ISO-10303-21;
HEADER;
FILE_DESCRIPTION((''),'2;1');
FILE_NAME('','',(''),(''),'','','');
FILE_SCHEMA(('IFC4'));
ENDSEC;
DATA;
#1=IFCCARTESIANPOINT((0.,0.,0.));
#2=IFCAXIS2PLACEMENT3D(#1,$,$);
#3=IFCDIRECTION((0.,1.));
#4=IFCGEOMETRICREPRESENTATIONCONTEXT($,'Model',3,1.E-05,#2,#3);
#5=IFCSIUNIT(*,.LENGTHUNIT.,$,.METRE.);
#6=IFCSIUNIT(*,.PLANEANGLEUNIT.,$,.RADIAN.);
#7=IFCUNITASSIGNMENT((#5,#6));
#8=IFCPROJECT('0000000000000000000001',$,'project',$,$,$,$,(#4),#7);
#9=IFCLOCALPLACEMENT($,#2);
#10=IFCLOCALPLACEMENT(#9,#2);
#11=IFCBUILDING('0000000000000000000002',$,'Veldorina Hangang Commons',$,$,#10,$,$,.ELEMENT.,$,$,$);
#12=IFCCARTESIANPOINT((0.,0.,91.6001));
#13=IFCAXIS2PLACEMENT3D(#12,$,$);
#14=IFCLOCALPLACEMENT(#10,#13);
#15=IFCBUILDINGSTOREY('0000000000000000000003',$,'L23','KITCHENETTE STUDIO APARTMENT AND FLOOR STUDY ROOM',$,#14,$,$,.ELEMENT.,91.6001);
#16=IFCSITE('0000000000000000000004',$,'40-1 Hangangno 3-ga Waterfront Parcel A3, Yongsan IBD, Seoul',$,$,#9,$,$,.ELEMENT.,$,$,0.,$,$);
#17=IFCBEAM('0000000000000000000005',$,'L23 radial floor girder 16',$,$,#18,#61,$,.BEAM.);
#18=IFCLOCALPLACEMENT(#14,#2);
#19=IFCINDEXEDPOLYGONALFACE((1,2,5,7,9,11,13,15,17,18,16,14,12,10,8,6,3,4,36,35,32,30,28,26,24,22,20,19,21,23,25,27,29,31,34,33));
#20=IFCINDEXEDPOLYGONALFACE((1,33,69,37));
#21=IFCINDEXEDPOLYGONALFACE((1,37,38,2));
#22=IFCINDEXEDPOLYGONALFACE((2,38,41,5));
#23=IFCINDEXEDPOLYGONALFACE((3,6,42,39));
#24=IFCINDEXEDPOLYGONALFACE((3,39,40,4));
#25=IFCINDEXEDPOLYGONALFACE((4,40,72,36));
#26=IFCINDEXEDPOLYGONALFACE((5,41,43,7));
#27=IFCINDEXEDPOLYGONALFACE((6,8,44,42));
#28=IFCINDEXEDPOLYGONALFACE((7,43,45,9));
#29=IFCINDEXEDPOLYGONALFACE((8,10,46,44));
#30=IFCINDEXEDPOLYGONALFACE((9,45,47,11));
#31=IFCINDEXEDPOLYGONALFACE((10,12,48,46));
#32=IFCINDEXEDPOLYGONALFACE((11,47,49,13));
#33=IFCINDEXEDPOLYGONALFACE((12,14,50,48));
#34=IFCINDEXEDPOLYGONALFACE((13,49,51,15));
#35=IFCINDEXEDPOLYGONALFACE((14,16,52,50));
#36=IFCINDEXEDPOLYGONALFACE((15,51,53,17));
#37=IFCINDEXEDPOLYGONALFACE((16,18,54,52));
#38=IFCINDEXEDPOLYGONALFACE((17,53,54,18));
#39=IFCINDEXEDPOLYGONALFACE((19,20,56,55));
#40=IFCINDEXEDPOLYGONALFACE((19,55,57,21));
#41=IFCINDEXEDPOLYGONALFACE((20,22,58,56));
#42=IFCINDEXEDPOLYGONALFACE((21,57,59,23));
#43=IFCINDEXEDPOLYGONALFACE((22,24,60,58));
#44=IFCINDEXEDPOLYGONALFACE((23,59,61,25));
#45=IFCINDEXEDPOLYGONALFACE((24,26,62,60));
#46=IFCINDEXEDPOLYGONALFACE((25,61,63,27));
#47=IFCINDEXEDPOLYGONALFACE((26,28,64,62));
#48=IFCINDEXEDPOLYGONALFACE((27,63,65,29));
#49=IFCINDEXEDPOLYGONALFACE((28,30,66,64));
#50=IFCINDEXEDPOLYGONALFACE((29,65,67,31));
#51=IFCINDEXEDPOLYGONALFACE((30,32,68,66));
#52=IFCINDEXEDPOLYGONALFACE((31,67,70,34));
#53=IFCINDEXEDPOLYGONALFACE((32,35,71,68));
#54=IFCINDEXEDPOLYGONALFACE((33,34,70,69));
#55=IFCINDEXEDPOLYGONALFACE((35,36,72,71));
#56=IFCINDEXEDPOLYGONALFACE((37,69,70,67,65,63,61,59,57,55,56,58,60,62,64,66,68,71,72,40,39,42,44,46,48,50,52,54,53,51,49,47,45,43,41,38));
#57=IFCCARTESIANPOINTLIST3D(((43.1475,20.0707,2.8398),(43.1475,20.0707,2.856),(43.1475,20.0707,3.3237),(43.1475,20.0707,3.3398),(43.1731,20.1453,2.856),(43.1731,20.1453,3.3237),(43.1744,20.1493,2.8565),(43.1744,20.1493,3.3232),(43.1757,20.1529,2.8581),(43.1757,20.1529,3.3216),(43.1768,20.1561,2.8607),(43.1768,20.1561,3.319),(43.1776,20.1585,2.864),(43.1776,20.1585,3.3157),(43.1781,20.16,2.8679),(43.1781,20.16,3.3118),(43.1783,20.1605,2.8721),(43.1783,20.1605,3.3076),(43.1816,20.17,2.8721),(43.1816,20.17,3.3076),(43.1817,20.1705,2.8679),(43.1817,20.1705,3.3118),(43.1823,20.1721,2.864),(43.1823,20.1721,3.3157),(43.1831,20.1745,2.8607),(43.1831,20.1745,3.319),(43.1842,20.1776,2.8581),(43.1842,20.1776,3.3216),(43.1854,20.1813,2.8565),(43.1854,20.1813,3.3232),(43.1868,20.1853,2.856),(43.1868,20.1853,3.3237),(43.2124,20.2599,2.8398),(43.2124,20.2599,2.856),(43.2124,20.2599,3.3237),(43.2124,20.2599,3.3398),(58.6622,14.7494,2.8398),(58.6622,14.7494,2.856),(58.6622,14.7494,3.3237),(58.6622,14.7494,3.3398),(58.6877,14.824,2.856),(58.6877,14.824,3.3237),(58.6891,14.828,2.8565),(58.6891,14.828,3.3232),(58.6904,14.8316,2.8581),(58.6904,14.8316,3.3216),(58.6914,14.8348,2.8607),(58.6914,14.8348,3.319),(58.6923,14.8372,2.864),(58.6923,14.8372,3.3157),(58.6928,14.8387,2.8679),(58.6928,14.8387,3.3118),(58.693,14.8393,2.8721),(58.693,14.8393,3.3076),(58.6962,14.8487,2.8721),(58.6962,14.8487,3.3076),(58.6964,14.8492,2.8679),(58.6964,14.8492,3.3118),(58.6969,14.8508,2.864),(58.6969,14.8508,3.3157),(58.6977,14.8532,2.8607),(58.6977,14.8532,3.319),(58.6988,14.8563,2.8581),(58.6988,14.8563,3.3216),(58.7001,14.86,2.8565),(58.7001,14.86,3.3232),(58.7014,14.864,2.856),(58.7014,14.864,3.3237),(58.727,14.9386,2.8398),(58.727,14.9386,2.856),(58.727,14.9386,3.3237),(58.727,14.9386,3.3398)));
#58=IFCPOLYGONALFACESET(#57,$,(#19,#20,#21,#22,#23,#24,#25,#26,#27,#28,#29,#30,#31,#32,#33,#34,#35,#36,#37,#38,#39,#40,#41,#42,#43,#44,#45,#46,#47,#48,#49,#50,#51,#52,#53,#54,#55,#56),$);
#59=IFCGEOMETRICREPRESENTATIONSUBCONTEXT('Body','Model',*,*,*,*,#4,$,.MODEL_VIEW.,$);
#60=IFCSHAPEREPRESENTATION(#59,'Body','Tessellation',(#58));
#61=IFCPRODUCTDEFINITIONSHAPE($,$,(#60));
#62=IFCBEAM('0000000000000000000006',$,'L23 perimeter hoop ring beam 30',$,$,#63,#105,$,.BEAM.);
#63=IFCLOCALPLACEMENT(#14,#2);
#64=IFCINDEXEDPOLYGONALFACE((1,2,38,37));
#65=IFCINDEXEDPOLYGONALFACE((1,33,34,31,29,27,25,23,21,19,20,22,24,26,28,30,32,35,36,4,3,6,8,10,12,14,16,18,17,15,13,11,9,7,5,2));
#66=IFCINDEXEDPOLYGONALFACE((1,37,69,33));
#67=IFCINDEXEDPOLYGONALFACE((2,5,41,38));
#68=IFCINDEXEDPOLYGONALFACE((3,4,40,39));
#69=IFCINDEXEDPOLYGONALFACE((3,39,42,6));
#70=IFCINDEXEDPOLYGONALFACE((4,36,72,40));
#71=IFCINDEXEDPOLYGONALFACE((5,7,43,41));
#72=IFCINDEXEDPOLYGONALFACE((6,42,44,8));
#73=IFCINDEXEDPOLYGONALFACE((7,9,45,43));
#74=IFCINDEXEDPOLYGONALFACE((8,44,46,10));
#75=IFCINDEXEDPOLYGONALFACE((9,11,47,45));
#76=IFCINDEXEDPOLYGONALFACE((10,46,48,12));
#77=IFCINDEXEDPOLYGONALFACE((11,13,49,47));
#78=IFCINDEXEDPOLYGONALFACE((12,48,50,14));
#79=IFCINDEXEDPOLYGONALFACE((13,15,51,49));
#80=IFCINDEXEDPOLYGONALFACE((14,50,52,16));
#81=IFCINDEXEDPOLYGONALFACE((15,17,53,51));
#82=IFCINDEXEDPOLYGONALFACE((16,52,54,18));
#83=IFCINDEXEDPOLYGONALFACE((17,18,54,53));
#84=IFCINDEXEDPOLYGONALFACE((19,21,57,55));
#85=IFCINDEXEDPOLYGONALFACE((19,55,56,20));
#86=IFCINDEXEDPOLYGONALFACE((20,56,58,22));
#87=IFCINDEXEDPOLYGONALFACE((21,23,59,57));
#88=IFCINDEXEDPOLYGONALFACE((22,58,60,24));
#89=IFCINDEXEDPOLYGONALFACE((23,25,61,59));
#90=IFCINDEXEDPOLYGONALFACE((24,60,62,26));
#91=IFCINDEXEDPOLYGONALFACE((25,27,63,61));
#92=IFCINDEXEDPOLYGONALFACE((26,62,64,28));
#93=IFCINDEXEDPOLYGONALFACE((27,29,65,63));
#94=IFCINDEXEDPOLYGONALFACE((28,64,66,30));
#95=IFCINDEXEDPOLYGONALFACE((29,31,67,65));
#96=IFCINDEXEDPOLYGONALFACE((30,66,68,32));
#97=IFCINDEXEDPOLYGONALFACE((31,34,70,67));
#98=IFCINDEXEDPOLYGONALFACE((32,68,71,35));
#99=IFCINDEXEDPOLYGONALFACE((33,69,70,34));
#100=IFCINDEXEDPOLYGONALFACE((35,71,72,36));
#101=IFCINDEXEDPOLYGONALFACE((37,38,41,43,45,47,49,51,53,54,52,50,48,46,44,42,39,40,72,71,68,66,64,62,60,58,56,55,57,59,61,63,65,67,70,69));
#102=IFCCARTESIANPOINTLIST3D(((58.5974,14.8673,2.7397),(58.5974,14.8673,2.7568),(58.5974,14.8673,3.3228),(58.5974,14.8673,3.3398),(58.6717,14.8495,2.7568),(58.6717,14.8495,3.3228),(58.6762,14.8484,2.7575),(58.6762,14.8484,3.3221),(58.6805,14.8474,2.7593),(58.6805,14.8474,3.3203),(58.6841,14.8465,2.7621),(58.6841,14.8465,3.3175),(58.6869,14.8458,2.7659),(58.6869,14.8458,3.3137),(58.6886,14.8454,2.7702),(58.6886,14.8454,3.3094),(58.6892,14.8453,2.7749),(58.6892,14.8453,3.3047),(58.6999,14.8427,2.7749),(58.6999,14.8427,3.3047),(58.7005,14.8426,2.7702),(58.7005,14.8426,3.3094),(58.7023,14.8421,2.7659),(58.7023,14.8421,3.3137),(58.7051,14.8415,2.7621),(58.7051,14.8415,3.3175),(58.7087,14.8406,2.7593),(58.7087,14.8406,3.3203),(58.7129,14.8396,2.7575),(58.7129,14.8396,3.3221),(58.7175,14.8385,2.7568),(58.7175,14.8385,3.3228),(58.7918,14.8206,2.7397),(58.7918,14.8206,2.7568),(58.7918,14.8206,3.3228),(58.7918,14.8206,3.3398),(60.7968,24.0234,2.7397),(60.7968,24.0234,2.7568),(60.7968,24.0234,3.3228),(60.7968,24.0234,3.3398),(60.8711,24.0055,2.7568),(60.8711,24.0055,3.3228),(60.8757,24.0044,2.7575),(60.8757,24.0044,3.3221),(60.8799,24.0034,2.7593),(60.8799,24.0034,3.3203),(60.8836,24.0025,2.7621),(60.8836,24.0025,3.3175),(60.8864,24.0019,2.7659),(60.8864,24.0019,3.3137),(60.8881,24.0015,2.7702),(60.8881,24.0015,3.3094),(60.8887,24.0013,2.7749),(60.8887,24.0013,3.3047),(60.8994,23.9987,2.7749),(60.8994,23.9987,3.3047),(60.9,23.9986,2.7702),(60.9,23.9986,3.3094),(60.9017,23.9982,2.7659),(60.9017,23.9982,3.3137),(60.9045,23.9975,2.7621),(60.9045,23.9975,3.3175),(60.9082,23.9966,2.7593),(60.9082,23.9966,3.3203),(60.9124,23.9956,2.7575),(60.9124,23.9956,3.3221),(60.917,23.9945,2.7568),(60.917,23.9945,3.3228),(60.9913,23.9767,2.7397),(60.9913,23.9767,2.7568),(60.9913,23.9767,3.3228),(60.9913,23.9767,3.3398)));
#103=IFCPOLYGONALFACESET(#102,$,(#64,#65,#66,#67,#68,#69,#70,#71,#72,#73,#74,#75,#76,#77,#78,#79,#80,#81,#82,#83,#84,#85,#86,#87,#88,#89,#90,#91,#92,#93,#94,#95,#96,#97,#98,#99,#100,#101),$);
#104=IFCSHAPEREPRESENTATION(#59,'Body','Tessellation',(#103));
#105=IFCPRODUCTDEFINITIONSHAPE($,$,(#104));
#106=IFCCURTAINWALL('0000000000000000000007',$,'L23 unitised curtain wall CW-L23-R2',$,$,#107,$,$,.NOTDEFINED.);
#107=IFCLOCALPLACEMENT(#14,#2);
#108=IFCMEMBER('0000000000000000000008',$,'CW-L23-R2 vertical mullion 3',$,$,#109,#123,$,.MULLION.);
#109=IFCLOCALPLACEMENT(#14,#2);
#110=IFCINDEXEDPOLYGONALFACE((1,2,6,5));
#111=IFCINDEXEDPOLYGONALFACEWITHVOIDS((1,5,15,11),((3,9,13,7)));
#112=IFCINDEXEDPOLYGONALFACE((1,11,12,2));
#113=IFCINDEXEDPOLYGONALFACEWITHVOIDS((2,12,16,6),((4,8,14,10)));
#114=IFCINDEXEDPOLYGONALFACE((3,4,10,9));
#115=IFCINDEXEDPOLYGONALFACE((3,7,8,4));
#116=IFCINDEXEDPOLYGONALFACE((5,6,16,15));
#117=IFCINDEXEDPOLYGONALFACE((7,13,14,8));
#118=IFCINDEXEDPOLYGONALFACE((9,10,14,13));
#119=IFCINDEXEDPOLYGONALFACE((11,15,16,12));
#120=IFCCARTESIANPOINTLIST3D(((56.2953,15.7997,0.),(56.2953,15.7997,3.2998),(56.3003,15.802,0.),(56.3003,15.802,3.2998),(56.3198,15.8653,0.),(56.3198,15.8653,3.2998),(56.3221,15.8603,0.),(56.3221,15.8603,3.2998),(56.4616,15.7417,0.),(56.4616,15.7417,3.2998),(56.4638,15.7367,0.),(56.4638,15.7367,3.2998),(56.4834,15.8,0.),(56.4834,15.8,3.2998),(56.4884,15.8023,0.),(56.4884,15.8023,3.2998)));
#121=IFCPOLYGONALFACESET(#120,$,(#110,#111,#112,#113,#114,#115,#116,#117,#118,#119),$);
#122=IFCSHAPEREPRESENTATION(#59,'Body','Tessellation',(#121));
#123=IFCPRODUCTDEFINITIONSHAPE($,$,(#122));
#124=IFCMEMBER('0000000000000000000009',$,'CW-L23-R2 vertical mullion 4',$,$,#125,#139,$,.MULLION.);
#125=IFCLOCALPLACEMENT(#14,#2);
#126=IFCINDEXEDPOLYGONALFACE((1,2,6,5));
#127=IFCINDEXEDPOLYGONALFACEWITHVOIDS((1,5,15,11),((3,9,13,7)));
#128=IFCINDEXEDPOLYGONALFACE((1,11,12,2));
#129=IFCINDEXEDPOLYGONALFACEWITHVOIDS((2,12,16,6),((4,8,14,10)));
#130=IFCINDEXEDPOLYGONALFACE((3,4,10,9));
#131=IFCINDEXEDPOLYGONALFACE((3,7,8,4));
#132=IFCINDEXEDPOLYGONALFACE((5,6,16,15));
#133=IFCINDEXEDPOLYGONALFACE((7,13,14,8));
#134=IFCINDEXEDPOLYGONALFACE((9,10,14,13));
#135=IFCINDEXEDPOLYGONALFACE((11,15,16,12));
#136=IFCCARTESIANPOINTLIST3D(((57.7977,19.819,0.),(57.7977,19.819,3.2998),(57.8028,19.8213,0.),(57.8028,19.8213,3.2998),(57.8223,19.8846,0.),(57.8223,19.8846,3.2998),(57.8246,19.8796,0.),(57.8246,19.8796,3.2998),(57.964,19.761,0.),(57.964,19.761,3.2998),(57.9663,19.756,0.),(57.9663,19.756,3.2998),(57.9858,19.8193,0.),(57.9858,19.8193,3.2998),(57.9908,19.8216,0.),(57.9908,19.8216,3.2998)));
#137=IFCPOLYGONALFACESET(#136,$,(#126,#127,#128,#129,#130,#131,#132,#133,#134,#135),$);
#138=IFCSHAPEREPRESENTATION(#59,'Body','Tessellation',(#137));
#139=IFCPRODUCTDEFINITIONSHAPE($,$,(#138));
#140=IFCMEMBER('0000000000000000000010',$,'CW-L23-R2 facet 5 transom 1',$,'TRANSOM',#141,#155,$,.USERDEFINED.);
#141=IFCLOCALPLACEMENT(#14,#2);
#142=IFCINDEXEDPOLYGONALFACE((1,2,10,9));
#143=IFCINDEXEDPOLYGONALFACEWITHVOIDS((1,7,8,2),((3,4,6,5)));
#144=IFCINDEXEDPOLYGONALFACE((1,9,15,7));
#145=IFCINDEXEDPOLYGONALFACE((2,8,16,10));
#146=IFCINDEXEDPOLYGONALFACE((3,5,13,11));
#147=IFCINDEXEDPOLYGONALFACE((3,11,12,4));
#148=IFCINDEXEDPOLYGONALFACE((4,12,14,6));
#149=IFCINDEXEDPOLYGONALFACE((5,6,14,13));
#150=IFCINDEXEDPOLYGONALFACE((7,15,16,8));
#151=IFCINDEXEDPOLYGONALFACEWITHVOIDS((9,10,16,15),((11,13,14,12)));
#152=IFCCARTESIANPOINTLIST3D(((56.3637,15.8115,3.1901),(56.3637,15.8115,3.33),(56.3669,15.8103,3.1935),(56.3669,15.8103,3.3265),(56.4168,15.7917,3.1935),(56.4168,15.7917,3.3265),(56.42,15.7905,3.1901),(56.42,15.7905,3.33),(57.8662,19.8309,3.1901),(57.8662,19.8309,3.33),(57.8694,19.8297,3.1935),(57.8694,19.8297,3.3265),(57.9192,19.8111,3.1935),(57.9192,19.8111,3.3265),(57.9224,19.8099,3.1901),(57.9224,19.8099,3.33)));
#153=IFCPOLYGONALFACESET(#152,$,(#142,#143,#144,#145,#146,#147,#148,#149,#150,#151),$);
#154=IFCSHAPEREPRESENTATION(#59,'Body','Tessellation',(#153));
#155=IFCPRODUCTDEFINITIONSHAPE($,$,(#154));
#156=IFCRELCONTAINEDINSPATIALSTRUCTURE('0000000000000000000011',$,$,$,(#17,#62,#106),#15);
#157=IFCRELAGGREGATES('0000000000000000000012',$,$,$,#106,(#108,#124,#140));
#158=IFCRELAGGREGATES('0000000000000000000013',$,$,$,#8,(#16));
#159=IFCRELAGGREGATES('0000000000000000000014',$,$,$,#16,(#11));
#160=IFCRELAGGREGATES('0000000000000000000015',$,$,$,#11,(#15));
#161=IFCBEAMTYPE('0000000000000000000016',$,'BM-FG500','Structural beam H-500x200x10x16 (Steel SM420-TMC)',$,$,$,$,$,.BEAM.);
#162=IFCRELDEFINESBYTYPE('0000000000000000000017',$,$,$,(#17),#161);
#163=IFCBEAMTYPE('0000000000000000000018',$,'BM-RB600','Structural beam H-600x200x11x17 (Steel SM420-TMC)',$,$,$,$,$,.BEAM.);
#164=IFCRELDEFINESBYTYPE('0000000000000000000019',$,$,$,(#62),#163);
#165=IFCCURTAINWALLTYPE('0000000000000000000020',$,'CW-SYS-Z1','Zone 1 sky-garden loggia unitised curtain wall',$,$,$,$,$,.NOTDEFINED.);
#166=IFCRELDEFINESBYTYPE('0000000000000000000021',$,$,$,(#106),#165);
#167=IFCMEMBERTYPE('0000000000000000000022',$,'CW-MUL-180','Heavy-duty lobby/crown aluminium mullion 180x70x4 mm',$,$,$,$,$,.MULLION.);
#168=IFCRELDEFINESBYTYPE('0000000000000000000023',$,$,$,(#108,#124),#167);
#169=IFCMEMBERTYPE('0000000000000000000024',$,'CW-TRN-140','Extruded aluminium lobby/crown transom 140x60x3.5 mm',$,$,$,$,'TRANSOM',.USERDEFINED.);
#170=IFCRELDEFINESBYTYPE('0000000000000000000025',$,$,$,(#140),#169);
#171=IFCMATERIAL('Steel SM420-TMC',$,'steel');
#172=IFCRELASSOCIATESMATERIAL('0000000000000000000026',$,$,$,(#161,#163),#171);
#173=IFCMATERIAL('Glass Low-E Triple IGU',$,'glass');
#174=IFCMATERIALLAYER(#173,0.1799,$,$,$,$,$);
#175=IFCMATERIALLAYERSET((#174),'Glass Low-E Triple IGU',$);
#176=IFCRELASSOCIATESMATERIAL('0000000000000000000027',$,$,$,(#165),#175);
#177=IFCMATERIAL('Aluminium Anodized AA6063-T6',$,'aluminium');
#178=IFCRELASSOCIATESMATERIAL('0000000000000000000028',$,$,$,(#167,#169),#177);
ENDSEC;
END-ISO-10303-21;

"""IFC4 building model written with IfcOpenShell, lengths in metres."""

from ifc_helpers import new_model, si_unit, direction, frame, origin, origin_2d, place, context, subcontext, project, spatial, hollow_rectangle, i_section, extrude, material, layer, layer_set, material_profile, profile_set, type_object, element, aggregate, save


model = new_model("IFC4")

# Units and contexts
model_context = context("Model", 3, precision=1e-05, world=origin(), true_north=direction((0.0, 1.0)))
body_context = subcontext(model_context, "Body", "Model", "MODEL_VIEW")
ifc_project = project(units=[si_unit("LENGTHUNIT", "METRE"), si_unit("PLANEANGLEUNIT", "RADIAN")], contexts=[model_context])

# Site, building, storey
site_placement = place(None, origin())
site = spatial("IfcSite", under=ifc_project, at=site_placement, Name="40-1 Hangangno 3-ga Waterfront Parcel A3, Yongsan IBD, Seoul", CompositionType="ELEMENT", RefElevation=0.0)
building_placement = place(site_placement, origin())
building = spatial("IfcBuilding", under=site, at=building_placement, Name="Veldorina Hangang Commons", CompositionType="ELEMENT")
storey_placement = place(building_placement, frame((0.0, 0.0, 91.6001)))
storey = spatial("IfcBuildingStorey", under=building, at=storey_placement, Name="L23", Description="KITCHENETTE STUDIO APARTMENT AND FLOOR STUDY ROOM", CompositionType="ELEMENT", Elevation=91.6001)

# Beams
ifc_material_1 = material(Name="Steel SM420-TMC", Category="steel")
ifc_material_profile_1 = material_profile(ifc_material_1, i_section(OverallWidth=0.2, OverallDepth=0.5, WebThickness=0.01, FlangeThickness=0.0161, FilletRadius=0.0161, at=origin_2d()), Name="H-500x200x10x16")
ifc_profile_set_1 = profile_set([ifc_material_profile_1], Name="Steel SM420-TMC")
beam_type_1 = type_object("IfcBeamType", Name="BM-FG500", Description="Structural beam H-500x200x10x16 (Steel SM420-TMC)", PredefinedType="BEAM", material=ifc_profile_set_1)
beam_1_placement = place(storey_placement, frame((43.1799, 20.1653, 3.0898), z_axis=(0.945909, -0.324432, 0.0), x_axis=(0.324432, 0.945909, 0.0)))
element("IfcBeam", 1, at=beam_1_placement, inside=storey, type_object=beam_type_1, Name="L23 radial floor girder 16", PredefinedType="BEAM", context=body_context, shape_type="SweptSolid", body=[
    extrude(i_section(OverallWidth=0.2, OverallDepth=0.5, WebThickness=0.01, FlangeThickness=0.0161, FilletRadius=0.0161, at=origin_2d()), origin(), (0.0, 0.0, 1.0), 16.4019),
])
ifc_material_profile_2 = material_profile(ifc_material_1, i_section(OverallWidth=0.2, OverallDepth=0.6001, WebThickness=0.011, FlangeThickness=0.0171, FilletRadius=0.0181, at=origin_2d()), Name="H-600x200x11x17")
ifc_profile_set_2 = profile_set([ifc_material_profile_2], Name="Steel SM420-TMC")
beam_type_2 = type_object("IfcBeamType", Name="BM-RB600", Description="Structural beam H-600x200x11x17 (Steel SM420-TMC)", PredefinedType="BEAM", material=ifc_profile_set_2)
beam_2_placement = place(storey_placement, frame((58.6946, 14.844, 3.0398), z_axis=(0.233576, 0.972339, 0.0), x_axis=(-0.972339, 0.233576, 0.0)))
element("IfcBeam", 2, at=beam_2_placement, inside=storey, type_object=beam_type_2, Name="L23 perimeter hoop ring beam 30", PredefinedType="BEAM", context=body_context, shape_type="SweptSolid", body=[
    extrude(i_section(OverallWidth=0.2, OverallDepth=0.6001, WebThickness=0.011, FlangeThickness=0.0171, FilletRadius=0.0181, at=origin_2d()), origin(), (0.0, 0.0, 1.0), 9.4165),
])

# Curtain wall, members
ifc_material_2 = material(Name="Glass Low-E Triple IGU", Category="glass")
ifc_layer_1 = layer(ifc_material_2, 0.1799)
ifc_layer_set_1 = layer_set([ifc_layer_1], Name="Glass Low-E Triple IGU")
curtain_wall_type = type_object("IfcCurtainWallType", Name="CW-SYS-Z1", Description="Zone 1 sky-garden loggia unitised curtain wall", PredefinedType="NOTDEFINED", material=ifc_layer_set_1)
curtain_wall_placement = place(storey_placement, origin())
curtain_wall = element("IfcCurtainWall", 3, at=curtain_wall_placement, inside=storey, type_object=curtain_wall_type, Name="L23 unitised curtain wall CW-L23-R2", PredefinedType="NOTDEFINED")
ifc_material_3 = material(Name="Aluminium Anodized AA6063-T6", Category="aluminium")
ifc_material_profile_3 = material_profile(ifc_material_3, hollow_rectangle(XDim=0.0701, YDim=0.1799, WallThickness=0.0039, at=origin_2d()), Name="ALU-RHS-180x70x4")
ifc_profile_set_3 = profile_set([ifc_material_profile_3], Name="Aluminium Anodized AA6063-T6")
member_type_1 = type_object("IfcMemberType", Name="CW-MUL-180", Description="Heavy-duty lobby/crown aluminium mullion 180x70x4 mm", PredefinedType="MULLION", material=ifc_profile_set_3)
member_1_placement = place(storey_placement, frame((56.3918, 15.801, 0.0), z_axis=(0.0, 0.0, 1.0), x_axis=(0.350142, 0.936697, 0.0)))
member_1 = element("IfcMember", 4, at=member_1_placement, type_object=member_type_1, Name="CW-L23-R2 vertical mullion 3", PredefinedType="MULLION", context=body_context, shape_type="SweptSolid", body=[
    extrude(hollow_rectangle(XDim=0.0701, YDim=0.1799, WallThickness=0.0039, at=origin_2d()), origin(), (0.0, 0.0, 1.0), 3.2998),
])
member_2_placement = place(storey_placement, frame((57.8943, 19.8203, 0.0), z_axis=(0.0, 0.0, 1.0), x_axis=(-0.350142, -0.936697, 0.0)))
member_2 = element("IfcMember", 5, at=member_2_placement, type_object=member_type_1, Name="CW-L23-R2 vertical mullion 4", PredefinedType="MULLION", context=body_context, shape_type="SweptSolid", body=[
    extrude(hollow_rectangle(XDim=0.0701, YDim=0.1799, WallThickness=0.0039, at=origin_2d()), origin(), (0.0, 0.0, 1.0), 3.2998),
])
ifc_material_profile_4 = material_profile(ifc_material_3, hollow_rectangle(XDim=0.0601, YDim=0.1399, WallThickness=0.0034, at=origin_2d()), Name="ALU-RHS-140x60x3.5")
ifc_profile_set_4 = profile_set([ifc_material_profile_4], Name="Aluminium Anodized AA6063-T6")
member_type_2 = type_object("IfcMemberType", Name="CW-TRN-140", Description="Extruded aluminium lobby/crown transom 140x60x3.5 mm", ElementType="TRANSOM", PredefinedType="USERDEFINED", material=ifc_profile_set_4)
member_3_placement = place(storey_placement, frame((56.3918, 15.801, 3.26), z_axis=(0.350144, 0.936696, 0.0), x_axis=(-0.936696, 0.350144, 0.0)))
member_3 = element("IfcMember", 6, at=member_3_placement, type_object=member_type_2, Name="CW-L23-R2 facet 5 transom 1", ObjectType="TRANSOM", PredefinedType="USERDEFINED", context=body_context, shape_type="SweptSolid", body=[
    extrude(hollow_rectangle(XDim=0.0601, YDim=0.1399, WallThickness=0.0034, at=origin_2d()), origin(), (0.0, 0.0, 1.0), 4.291),
])

aggregate(curtain_wall, [member_1, member_2, member_3])

save(model, "model.ifc")
